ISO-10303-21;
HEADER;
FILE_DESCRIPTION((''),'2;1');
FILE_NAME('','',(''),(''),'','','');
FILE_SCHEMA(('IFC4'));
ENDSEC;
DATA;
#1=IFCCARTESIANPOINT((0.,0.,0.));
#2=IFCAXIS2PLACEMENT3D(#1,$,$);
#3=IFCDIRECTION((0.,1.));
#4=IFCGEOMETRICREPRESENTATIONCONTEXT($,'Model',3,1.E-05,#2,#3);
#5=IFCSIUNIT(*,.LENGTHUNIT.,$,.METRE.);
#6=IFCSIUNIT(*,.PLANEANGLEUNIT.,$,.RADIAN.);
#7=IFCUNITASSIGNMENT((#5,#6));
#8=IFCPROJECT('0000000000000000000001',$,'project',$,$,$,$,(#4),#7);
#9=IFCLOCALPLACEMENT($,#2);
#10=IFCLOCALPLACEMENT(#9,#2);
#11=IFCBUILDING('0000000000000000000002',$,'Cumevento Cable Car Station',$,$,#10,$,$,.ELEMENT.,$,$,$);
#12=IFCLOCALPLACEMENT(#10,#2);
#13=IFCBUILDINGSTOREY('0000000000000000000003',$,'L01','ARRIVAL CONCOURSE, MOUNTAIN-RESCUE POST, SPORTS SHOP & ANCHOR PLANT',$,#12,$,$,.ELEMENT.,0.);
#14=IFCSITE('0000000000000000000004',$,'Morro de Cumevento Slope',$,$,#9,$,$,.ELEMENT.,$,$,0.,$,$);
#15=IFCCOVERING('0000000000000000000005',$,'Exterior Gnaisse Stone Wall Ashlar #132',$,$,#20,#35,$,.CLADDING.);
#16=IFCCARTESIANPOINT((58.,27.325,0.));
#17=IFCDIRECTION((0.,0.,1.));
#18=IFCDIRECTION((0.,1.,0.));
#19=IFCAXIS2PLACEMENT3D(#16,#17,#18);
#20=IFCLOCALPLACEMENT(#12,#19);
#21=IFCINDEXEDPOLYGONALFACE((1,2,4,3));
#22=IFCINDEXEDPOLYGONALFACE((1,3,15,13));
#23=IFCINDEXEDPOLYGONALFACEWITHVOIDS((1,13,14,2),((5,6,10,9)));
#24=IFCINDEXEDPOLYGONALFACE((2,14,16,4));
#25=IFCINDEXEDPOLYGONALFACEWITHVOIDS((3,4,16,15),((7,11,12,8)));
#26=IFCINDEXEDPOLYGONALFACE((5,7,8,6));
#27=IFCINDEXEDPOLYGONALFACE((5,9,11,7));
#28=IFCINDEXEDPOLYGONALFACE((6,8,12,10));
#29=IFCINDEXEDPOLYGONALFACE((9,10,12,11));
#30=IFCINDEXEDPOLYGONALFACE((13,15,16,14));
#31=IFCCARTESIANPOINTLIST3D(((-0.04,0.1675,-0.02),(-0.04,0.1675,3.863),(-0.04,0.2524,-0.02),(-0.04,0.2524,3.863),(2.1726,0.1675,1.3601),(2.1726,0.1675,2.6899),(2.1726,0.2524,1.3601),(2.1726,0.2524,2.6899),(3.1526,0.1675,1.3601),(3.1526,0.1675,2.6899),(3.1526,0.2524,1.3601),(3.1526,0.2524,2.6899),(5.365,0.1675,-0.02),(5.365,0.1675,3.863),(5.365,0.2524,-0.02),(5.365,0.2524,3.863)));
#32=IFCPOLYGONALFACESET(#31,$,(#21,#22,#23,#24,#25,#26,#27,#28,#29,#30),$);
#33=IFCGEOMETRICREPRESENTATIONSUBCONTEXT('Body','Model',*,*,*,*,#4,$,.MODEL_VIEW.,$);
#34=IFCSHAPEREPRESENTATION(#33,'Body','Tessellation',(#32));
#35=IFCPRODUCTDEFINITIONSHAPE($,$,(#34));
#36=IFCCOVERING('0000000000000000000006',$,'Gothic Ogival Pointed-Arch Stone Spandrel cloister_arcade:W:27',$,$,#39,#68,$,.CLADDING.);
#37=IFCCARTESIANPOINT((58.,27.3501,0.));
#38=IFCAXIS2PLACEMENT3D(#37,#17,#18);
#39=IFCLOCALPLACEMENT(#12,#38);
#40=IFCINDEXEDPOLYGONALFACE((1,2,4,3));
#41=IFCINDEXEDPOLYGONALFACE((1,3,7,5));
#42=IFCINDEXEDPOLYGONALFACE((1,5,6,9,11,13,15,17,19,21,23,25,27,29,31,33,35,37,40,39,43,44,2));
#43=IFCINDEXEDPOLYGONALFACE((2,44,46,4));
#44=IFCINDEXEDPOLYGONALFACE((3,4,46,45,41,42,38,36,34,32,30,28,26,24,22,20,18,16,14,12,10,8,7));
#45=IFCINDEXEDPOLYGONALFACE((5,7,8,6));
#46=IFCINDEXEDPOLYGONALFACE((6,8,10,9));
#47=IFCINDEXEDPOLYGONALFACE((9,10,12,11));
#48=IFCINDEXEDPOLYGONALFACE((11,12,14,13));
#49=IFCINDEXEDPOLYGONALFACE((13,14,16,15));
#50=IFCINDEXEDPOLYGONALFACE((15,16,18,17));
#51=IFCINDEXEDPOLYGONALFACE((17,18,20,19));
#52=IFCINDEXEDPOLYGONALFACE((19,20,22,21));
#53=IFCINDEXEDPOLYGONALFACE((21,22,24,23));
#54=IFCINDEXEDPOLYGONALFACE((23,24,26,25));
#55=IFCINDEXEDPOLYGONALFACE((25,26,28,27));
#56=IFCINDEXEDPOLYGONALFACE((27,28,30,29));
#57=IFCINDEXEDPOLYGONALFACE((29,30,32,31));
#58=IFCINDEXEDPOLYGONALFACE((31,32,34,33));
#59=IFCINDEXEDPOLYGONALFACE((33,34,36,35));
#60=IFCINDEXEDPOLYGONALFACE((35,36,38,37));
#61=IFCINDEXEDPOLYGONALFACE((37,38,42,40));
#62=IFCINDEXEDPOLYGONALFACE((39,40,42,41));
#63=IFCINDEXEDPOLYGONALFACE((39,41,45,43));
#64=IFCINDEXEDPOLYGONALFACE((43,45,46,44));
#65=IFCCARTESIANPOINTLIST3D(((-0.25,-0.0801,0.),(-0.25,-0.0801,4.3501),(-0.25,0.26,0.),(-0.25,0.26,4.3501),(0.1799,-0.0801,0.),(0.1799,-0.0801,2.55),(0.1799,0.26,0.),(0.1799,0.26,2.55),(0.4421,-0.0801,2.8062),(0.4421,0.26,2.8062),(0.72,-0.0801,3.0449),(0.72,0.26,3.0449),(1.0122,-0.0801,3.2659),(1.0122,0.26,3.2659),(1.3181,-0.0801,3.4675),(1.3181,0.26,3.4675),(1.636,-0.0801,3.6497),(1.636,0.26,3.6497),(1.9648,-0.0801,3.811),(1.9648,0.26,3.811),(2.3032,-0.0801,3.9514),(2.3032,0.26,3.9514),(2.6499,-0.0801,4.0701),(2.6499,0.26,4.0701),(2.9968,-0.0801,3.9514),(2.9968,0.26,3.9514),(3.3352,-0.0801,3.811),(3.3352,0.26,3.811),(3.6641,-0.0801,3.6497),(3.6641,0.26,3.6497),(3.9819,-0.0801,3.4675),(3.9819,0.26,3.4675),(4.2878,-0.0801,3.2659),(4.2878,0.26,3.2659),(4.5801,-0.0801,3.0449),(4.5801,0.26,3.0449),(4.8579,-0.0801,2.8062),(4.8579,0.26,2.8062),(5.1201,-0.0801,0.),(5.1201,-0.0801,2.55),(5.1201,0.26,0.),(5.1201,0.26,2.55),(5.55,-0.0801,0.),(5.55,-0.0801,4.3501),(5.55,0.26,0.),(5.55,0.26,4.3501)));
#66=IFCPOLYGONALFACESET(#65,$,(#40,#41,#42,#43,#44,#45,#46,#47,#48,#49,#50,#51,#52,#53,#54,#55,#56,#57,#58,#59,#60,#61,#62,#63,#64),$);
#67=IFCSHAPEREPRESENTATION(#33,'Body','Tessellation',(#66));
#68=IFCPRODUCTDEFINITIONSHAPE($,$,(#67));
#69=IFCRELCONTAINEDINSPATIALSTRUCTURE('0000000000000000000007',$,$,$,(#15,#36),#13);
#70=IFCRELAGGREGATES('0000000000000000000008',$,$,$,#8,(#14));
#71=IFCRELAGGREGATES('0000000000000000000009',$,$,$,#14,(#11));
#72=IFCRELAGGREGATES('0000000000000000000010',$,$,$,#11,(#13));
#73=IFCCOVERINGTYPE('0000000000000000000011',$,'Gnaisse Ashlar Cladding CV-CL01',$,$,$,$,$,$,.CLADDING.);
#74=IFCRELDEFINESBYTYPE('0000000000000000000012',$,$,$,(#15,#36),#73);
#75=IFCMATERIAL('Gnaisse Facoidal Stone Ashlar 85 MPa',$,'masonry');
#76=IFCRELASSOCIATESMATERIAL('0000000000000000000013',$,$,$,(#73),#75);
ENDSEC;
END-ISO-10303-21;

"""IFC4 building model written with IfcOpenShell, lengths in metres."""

from ifc_helpers import new_model, si_unit, direction, frame, origin, place, context, subcontext, project, spatial, polyline, outline, extrude, material, type_object, element, save


model = new_model("IFC4")

# Units and contexts
model_context = context("Model", 3, precision=1e-05, world=origin(), true_north=direction((0.0, 1.0)))
body_context = subcontext(model_context, "Body", "Model", "MODEL_VIEW")
ifc_project = project(units=[si_unit("LENGTHUNIT", "METRE"), si_unit("PLANEANGLEUNIT", "RADIAN")], contexts=[model_context])

# Site, building, storey
site_placement = place(None, origin())
site = spatial("IfcSite", under=ifc_project, at=site_placement, Name="Morro de Cumevento Slope", CompositionType="ELEMENT", RefElevation=0.0)
building_placement = place(site_placement, origin())
building = spatial("IfcBuilding", under=site, at=building_placement, Name="Cumevento Cable Car Station", CompositionType="ELEMENT")
storey_placement = place(building_placement, origin())
storey = spatial("IfcBuildingStorey", under=building, at=storey_placement, Name="L01", Description="ARRIVAL CONCOURSE, MOUNTAIN-RESCUE POST, SPORTS SHOP & ANCHOR PLANT", CompositionType="ELEMENT", Elevation=0.0)

# Coverings
ifc_material_1 = material(Name="Gnaisse Facoidal Stone Ashlar 85 MPa", Category="masonry")
covering_type = type_object("IfcCoveringType", Name="Gnaisse Ashlar Cladding CV-CL01", PredefinedType="CLADDING", material=ifc_material_1)
covering_1_placement = place(storey_placement, frame((58.0, 27.325, 0.0), z_axis=(0.0, 0.0, 1.0), x_axis=(0.0, 1.0, 0.0)))
element("IfcCovering", 1, at=covering_1_placement, inside=storey, type_object=covering_type, Name="Exterior Gnaisse Stone Wall Ashlar #132", PredefinedType="CLADDING", context=body_context, shape_type="SweptSolid", body=[
    extrude(outline(polyline([(-0.04, -0.02), (5.365, -0.02), (5.365, 3.863), (-0.04, 3.863), (-0.04, -0.02)]), holes=[polyline([(2.1726, 1.3601), (3.1526, 1.3601), (3.1526, 2.6899), (2.1726, 2.6899), (2.1726, 1.3601)])]), frame((0.0, 0.2524, 0.0), z_axis=(0.0, -1.0, 0.0), x_axis=(1.0, 0.0, 0.0)), (0.0, 0.0, 1.0), 0.085),
])
covering_2_placement = place(storey_placement, frame((58.0, 27.3501, 0.0), z_axis=(0.0, 0.0, 1.0), x_axis=(0.0, 1.0, 0.0)))
element("IfcCovering", 2, at=covering_2_placement, inside=storey, type_object=covering_type, Name="Gothic Ogival Pointed-Arch Stone Spandrel cloister_arcade:W:27", PredefinedType="CLADDING", context=body_context, shape_type="SweptSolid", body=[
    extrude(outline(polyline([(-0.25, 0.0), (-0.25, 4.3501), (5.55, 4.3501), (5.55, 0.0), (5.1201, 0.0), (5.1201, 2.55), (4.8579, 2.8062), (4.5801, 3.0449), (4.2878, 3.2659), (3.9819, 3.4675), (3.6641, 3.6497), (3.3352, 3.811), (2.9968, 3.9514), (2.6499, 4.0701), (2.3032, 3.9514), (1.9648, 3.811), (1.636, 3.6497), (1.3181, 3.4675), (1.0122, 3.2659), (0.72, 3.0449), (0.4421, 2.8062), (0.1799, 2.55), (0.1799, 0.0), (-0.25, 0.0)])), frame((0.0, 0.26, 0.0), z_axis=(0.0, -1.0, 0.0), x_axis=(1.0, 0.0, 0.0)), (0.0, 0.0, 1.0), 0.3401),
])

save(model, "model.ifc")
